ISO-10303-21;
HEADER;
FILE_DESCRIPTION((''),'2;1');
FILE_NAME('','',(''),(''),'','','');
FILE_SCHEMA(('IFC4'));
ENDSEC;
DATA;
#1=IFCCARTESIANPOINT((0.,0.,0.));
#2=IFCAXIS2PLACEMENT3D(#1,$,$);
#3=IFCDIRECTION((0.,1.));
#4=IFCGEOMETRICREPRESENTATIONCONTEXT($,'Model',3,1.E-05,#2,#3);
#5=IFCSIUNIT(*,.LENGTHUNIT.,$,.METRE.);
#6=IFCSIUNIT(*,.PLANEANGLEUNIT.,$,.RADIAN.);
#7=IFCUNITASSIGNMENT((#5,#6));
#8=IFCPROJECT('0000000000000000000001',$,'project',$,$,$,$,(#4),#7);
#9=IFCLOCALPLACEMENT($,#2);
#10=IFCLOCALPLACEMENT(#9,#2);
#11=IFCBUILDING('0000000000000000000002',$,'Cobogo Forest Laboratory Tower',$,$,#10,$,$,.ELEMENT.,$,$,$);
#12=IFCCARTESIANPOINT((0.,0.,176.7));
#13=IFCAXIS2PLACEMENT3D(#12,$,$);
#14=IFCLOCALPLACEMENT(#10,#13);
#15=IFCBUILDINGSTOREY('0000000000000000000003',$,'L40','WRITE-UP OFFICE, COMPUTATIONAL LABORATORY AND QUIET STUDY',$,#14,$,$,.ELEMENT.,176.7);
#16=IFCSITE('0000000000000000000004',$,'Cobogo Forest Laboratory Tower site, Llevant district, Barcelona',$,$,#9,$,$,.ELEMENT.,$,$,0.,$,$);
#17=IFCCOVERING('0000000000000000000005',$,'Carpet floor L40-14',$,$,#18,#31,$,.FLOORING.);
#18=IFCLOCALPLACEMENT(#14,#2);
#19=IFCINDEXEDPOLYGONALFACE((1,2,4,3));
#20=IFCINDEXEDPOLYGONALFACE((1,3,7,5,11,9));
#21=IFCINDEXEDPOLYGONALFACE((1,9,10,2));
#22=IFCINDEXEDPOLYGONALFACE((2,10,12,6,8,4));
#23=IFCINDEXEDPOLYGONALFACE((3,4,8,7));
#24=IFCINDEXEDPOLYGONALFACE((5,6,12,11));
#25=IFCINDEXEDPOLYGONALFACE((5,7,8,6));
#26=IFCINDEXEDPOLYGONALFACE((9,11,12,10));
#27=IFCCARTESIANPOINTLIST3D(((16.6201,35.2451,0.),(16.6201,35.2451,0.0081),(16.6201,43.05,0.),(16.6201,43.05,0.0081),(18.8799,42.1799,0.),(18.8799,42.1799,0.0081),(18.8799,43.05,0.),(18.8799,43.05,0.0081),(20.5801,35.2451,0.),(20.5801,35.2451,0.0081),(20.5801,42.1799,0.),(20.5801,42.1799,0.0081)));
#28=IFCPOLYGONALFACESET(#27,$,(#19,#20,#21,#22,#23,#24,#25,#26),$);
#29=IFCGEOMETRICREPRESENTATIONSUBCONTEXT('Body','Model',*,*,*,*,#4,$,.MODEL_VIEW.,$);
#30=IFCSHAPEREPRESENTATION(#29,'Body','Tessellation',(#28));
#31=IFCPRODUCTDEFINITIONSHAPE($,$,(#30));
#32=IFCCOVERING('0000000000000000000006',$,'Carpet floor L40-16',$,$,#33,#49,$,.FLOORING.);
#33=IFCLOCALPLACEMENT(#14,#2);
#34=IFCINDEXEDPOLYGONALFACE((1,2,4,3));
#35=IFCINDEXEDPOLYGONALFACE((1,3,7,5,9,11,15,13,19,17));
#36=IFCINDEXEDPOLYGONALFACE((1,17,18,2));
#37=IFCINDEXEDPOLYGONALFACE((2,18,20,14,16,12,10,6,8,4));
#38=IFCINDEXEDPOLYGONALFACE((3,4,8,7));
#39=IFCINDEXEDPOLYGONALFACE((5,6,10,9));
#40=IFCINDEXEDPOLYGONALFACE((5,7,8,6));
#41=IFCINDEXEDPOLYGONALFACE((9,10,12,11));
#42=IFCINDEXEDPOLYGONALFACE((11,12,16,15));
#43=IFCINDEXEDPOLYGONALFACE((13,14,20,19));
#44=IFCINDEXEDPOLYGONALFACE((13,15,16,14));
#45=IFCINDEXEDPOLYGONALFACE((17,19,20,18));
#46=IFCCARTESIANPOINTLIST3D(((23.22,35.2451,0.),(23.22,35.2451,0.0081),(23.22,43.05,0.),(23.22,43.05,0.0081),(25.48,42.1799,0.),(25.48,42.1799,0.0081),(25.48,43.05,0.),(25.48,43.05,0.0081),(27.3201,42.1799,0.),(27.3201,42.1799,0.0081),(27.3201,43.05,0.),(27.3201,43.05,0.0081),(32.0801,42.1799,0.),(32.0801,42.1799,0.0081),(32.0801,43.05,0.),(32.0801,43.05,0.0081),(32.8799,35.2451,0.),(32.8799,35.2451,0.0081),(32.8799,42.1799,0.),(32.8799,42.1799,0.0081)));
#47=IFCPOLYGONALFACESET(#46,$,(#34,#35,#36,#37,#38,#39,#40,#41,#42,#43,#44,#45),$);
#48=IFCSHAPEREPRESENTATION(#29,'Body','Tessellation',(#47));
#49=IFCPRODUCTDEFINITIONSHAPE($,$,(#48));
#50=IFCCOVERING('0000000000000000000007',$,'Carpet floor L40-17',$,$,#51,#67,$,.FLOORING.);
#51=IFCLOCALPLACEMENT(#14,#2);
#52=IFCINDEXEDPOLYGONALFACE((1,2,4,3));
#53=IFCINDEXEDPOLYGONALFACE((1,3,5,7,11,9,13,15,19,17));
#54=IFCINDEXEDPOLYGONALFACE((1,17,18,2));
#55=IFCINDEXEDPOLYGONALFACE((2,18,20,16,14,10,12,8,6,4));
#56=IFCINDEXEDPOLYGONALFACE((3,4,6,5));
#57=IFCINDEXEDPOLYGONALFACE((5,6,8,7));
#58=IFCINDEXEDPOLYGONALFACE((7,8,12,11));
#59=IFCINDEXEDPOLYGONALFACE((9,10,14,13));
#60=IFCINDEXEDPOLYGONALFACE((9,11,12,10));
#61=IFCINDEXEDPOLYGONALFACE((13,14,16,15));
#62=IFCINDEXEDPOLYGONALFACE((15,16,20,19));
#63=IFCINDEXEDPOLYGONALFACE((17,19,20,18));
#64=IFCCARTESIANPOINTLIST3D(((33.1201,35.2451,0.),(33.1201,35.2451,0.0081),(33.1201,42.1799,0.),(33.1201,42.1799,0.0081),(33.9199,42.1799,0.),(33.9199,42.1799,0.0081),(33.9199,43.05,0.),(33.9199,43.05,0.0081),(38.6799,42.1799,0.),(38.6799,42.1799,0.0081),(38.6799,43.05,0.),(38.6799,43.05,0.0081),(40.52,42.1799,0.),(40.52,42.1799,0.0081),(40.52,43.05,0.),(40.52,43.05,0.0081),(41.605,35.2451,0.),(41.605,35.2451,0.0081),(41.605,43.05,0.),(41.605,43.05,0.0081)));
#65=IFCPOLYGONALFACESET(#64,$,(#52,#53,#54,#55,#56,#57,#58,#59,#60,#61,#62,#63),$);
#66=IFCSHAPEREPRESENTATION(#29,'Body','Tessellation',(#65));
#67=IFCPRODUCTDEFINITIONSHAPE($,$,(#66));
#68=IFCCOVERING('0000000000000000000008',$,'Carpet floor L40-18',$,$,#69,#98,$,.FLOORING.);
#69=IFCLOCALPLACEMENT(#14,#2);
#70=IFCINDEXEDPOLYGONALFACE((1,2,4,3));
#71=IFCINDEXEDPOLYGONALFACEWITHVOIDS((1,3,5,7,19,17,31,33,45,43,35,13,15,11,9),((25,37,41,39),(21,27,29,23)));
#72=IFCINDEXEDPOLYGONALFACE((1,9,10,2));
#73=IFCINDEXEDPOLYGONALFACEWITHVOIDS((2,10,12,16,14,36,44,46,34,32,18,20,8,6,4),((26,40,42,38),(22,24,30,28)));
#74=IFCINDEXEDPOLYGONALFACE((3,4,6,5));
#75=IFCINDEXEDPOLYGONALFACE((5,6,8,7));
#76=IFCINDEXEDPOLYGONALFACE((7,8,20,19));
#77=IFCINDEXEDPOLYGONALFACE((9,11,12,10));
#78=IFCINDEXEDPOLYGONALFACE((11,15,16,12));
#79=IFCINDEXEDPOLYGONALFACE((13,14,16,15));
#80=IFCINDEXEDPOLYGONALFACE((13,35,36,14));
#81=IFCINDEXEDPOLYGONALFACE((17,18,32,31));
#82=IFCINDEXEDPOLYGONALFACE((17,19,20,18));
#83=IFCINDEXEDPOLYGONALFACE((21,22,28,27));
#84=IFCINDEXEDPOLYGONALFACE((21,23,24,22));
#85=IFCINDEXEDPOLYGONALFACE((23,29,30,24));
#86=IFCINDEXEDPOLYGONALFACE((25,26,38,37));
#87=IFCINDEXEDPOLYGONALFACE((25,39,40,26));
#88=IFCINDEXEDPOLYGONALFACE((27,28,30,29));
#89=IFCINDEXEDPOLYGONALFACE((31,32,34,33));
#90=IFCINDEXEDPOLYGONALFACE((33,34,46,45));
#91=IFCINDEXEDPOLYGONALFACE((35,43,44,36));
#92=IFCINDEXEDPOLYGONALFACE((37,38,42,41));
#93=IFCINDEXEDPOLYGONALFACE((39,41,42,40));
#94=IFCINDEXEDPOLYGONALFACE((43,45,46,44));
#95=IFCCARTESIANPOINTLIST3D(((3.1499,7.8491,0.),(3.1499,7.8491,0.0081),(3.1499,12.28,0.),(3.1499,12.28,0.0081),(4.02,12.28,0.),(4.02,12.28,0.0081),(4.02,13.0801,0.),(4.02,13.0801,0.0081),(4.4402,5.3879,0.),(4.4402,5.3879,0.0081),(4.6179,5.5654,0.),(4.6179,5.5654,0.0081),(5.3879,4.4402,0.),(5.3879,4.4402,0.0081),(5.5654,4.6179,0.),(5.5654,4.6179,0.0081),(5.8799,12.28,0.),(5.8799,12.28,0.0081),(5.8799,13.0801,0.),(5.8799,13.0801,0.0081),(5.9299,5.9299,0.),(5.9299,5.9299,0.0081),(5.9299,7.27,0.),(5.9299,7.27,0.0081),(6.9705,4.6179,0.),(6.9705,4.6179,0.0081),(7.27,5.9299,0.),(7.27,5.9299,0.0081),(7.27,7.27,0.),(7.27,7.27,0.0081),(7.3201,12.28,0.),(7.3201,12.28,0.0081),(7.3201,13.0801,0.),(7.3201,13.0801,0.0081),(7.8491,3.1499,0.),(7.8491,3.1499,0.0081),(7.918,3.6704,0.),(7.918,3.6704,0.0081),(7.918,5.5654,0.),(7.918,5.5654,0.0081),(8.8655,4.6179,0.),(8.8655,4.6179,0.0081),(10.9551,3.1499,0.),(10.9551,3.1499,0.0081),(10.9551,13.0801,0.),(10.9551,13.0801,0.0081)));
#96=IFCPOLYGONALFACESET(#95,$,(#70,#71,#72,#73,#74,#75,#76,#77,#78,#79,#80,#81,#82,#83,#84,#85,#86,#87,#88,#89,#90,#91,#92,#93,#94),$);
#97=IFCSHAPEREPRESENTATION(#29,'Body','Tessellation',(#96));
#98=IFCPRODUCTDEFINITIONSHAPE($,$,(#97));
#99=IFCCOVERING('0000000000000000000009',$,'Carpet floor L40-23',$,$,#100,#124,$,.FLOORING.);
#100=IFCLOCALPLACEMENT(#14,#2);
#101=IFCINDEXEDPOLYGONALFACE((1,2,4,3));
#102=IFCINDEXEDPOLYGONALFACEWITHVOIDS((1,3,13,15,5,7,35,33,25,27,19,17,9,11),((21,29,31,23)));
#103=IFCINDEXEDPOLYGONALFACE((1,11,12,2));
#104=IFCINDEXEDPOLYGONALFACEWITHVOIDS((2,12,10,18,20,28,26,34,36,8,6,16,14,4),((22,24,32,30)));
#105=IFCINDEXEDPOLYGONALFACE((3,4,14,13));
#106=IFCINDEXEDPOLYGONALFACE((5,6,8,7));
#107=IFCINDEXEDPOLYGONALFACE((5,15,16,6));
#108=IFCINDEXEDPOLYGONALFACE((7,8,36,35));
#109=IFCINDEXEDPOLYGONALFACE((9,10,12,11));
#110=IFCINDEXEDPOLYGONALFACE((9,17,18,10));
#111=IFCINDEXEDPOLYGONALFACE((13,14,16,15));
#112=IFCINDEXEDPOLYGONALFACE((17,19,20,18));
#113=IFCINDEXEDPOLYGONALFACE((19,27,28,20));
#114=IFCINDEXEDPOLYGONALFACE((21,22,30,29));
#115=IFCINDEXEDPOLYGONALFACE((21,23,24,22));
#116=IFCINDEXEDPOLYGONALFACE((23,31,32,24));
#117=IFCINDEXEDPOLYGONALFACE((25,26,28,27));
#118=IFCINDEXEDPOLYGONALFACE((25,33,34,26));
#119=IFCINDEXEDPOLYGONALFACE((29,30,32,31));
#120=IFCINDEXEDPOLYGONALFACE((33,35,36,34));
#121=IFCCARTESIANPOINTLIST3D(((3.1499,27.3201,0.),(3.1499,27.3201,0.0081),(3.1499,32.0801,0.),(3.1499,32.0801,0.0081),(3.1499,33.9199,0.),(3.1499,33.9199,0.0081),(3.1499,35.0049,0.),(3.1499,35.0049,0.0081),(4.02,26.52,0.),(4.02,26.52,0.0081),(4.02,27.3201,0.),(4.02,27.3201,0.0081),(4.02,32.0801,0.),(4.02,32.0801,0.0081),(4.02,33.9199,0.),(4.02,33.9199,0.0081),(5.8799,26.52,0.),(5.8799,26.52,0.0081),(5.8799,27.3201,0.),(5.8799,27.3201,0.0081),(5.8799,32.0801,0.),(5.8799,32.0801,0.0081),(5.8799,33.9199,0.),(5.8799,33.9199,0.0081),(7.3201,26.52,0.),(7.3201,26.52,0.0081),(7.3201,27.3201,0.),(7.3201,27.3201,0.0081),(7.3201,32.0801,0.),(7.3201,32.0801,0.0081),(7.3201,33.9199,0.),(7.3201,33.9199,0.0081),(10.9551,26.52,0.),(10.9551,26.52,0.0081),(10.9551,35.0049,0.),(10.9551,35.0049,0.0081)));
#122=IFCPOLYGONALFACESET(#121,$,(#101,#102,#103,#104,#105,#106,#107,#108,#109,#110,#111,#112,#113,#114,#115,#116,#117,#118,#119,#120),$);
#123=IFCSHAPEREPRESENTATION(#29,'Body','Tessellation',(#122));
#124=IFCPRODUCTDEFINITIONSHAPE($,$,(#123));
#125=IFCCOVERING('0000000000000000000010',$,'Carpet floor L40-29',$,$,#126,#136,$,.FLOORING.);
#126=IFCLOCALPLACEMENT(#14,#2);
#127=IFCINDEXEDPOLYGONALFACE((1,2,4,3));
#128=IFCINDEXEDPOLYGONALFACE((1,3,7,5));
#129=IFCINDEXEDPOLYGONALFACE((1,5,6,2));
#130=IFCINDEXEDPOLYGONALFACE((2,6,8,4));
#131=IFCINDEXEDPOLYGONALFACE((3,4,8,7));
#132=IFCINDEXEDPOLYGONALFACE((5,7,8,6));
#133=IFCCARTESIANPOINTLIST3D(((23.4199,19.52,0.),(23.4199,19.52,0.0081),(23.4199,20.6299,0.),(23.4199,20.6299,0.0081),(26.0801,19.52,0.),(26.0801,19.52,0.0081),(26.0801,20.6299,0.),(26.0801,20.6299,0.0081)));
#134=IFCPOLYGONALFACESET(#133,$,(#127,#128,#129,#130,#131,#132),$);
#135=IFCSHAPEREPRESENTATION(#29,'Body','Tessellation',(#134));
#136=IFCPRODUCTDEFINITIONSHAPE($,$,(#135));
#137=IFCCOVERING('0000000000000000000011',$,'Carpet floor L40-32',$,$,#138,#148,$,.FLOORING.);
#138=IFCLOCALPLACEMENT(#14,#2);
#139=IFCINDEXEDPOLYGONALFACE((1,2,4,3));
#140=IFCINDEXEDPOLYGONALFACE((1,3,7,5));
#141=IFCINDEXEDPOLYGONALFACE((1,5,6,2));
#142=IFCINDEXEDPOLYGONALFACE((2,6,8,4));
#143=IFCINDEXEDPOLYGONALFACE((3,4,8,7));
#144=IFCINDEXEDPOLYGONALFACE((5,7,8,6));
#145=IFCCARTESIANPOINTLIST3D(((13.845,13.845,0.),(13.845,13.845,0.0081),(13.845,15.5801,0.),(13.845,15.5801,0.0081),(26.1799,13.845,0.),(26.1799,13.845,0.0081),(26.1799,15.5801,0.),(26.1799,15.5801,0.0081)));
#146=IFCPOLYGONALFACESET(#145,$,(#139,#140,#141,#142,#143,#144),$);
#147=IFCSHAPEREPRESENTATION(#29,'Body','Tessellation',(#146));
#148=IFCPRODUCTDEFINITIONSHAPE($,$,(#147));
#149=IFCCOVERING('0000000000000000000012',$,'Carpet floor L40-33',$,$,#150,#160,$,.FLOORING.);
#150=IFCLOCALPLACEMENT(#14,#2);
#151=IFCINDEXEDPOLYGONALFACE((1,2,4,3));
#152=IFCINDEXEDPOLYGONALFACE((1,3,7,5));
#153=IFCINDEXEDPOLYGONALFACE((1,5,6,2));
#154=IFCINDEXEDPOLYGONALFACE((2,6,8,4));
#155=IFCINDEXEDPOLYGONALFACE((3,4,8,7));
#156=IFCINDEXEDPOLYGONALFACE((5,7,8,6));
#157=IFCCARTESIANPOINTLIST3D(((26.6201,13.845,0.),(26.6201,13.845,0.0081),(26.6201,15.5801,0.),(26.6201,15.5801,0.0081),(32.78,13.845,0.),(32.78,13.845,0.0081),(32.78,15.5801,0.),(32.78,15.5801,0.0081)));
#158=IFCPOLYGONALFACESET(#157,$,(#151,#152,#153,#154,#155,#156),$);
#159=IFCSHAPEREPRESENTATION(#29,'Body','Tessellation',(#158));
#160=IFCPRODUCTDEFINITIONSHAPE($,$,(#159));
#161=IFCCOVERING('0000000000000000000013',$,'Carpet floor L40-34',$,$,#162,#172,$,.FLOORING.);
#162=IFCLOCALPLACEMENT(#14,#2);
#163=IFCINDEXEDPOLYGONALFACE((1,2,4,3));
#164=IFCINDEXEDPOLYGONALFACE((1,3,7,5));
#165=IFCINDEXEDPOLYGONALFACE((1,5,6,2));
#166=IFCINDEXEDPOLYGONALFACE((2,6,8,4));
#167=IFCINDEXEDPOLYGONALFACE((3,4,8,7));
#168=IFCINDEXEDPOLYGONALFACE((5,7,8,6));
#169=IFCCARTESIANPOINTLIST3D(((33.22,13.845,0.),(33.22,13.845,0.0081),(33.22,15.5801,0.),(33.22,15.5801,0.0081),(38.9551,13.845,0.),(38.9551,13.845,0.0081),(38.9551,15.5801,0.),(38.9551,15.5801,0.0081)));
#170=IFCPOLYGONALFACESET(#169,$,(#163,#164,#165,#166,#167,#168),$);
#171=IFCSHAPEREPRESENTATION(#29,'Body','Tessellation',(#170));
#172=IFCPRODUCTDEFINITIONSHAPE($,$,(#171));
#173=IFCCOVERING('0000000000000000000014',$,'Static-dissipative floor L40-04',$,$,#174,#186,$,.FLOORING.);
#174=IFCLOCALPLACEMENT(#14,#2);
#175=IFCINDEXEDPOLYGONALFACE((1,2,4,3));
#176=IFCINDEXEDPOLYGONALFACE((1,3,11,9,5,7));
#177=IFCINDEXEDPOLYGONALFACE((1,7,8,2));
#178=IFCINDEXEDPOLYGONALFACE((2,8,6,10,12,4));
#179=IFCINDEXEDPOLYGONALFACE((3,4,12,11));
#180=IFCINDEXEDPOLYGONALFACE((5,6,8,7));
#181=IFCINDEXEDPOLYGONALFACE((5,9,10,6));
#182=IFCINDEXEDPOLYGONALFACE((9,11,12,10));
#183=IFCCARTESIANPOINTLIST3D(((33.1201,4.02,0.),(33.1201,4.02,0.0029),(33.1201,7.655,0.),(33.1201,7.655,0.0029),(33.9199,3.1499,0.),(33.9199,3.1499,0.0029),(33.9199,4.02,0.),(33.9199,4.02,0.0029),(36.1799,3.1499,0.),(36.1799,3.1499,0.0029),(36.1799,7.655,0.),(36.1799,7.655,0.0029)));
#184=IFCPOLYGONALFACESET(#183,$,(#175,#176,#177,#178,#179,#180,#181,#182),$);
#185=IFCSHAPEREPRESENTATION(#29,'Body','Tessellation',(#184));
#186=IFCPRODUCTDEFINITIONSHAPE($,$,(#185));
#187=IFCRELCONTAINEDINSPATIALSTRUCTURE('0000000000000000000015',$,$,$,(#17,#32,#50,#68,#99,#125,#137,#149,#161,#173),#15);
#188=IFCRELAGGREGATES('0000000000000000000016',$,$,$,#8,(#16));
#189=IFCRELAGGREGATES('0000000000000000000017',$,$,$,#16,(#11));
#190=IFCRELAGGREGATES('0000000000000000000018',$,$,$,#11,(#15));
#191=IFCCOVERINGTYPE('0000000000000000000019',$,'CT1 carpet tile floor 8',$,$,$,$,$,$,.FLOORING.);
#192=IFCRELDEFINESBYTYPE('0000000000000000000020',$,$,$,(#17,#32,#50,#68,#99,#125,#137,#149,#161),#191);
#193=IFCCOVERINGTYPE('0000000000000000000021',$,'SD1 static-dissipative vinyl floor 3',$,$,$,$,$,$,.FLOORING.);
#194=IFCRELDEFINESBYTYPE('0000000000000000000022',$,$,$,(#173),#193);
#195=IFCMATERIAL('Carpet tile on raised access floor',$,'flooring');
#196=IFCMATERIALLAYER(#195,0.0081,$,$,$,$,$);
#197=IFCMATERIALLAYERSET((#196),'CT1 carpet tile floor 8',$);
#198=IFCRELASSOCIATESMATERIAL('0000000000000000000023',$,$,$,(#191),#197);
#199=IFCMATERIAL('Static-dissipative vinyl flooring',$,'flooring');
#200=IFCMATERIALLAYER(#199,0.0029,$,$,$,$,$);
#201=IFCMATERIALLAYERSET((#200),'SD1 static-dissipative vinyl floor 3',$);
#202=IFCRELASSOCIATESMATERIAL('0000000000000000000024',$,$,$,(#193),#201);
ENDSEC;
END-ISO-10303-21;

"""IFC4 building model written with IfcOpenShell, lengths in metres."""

from ifc_helpers import new_model, si_unit, direction, frame, origin, place, context, subcontext, project, spatial, polyline, outline, extrude, material, layer, layer_set, type_object, element, save


model = new_model("IFC4")

# Units and contexts
model_context = context("Model", 3, precision=1e-05, world=origin(), true_north=direction((0.0, 1.0)))
body_context = subcontext(model_context, "Body", "Model", "MODEL_VIEW")
ifc_project = project(units=[si_unit("LENGTHUNIT", "METRE"), si_unit("PLANEANGLEUNIT", "RADIAN")], contexts=[model_context])

# Site, building, storey
site_placement = place(None, origin())
site = spatial("IfcSite", under=ifc_project, at=site_placement, Name="Cobogo Forest Laboratory Tower site, Llevant district, Barcelona", CompositionType="ELEMENT", RefElevation=0.0)
building_placement = place(site_placement, origin())
building = spatial("IfcBuilding", under=site, at=building_placement, Name="Cobogo Forest Laboratory Tower", CompositionType="ELEMENT")
storey_placement = place(building_placement, frame((0.0, 0.0, 176.7)))
storey = spatial("IfcBuildingStorey", under=building, at=storey_placement, Name="L40", Description="WRITE-UP OFFICE, COMPUTATIONAL LABORATORY AND QUIET STUDY", CompositionType="ELEMENT", Elevation=176.7)

# Coverings
ifc_material_1 = material(Name="Carpet tile on raised access floor", Category="flooring")
ifc_layer_1 = layer(ifc_material_1, 0.0081)
ifc_layer_set_1 = layer_set([ifc_layer_1], Name="CT1 carpet tile floor 8")
covering_type_1 = type_object("IfcCoveringType", Name="CT1 carpet tile floor 8", PredefinedType="FLOORING", material=ifc_layer_set_1)
covering_1_placement = place(storey_placement, origin())
element("IfcCovering", 1, at=covering_1_placement, inside=storey, type_object=covering_type_1, Name="Carpet floor L40-14", PredefinedType="FLOORING", context=body_context, shape_type="SweptSolid", body=[
    extrude(outline(polyline([(16.6201, 35.2451), (16.6201, 43.05), (18.8799, 43.05), (18.8799, 42.1799), (20.5801, 42.1799), (20.5801, 35.2451), (16.6201, 35.2451)])), origin(), (0.0, 0.0, 1.0), 0.0081),
])
covering_2_placement = place(storey_placement, origin())
element("IfcCovering", 2, at=covering_2_placement, inside=storey, type_object=covering_type_1, Name="Carpet floor L40-16", PredefinedType="FLOORING", context=body_context, shape_type="SweptSolid", body=[
    extrude(outline(polyline([(23.22, 35.2451), (23.22, 43.05), (25.48, 43.05), (25.48, 42.1799), (27.3201, 42.1799), (27.3201, 43.05), (32.0801, 43.05), (32.0801, 42.1799), (32.8799, 42.1799), (32.8799, 35.2451), (23.22, 35.2451)])), origin(), (0.0, 0.0, 1.0), 0.0081),
])
covering_3_placement = place(storey_placement, origin())
element("IfcCovering", 3, at=covering_3_placement, inside=storey, type_object=covering_type_1, Name="Carpet floor L40-17", PredefinedType="FLOORING", context=body_context, shape_type="SweptSolid", body=[
    extrude(outline(polyline([(33.1201, 35.2451), (33.1201, 42.1799), (33.9199, 42.1799), (33.9199, 43.05), (38.6799, 43.05), (38.6799, 42.1799), (40.52, 42.1799), (40.52, 43.05), (41.605, 43.05), (41.605, 35.2451), (33.1201, 35.2451)])), origin(), (0.0, 0.0, 1.0), 0.0081),
])
covering_4_placement = place(storey_placement, origin())
element("IfcCovering", 4, at=covering_4_placement, inside=storey, type_object=covering_type_1, Name="Carpet floor L40-18", PredefinedType="FLOORING", context=body_context, shape_type="SweptSolid", body=[
    extrude(outline(polyline([(10.9551, 3.1499), (7.8491, 3.1499), (5.3879, 4.4402), (5.5654, 4.6179), (4.6179, 5.5654), (4.4402, 5.3879), (3.1499, 7.8491), (3.1499, 12.28), (4.02, 12.28), (4.02, 13.0801), (5.8799, 13.0801), (5.8799, 12.28), (7.3201, 12.28), (7.3201, 13.0801), (10.9551, 13.0801), (10.9551, 3.1499)]), holes=[polyline([(7.918, 3.6704), (8.8655, 4.6179), (7.918, 5.5654), (6.9705, 4.6179), (7.918, 3.6704)]), polyline([(5.9299, 5.9299), (7.27, 5.9299), (7.27, 7.27), (5.9299, 7.27), (5.9299, 5.9299)])]), origin(), (0.0, 0.0, 1.0), 0.0081),
])
covering_5_placement = place(storey_placement, origin())
element("IfcCovering", 5, at=covering_5_placement, inside=storey, type_object=covering_type_1, Name="Carpet floor L40-23", PredefinedType="FLOORING", context=body_context, shape_type="SweptSolid", body=[
    extrude(outline(polyline([(10.9551, 26.52), (7.3201, 26.52), (7.3201, 27.3201), (5.8799, 27.3201), (5.8799, 26.52), (4.02, 26.52), (4.02, 27.3201), (3.1499, 27.3201), (3.1499, 32.0801), (4.02, 32.0801), (4.02, 33.9199), (3.1499, 33.9199), (3.1499, 35.0049), (10.9551, 35.0049), (10.9551, 26.52)]), holes=[polyline([(5.8799, 32.0801), (7.3201, 32.0801), (7.3201, 33.9199), (5.8799, 33.9199), (5.8799, 32.0801)])]), origin(), (0.0, 0.0, 1.0), 0.0081),
])
covering_6_placement = place(storey_placement, origin())
element("IfcCovering", 6, at=covering_6_placement, inside=storey, type_object=covering_type_1, Name="Carpet floor L40-29", PredefinedType="FLOORING", context=body_context, shape_type="SweptSolid", body=[
    extrude(outline(polyline([(26.0801, 19.52), (23.4199, 19.52), (23.4199, 20.6299), (26.0801, 20.6299), (26.0801, 19.52)])), origin(), (0.0, 0.0, 1.0), 0.0081),
])
covering_7_placement = place(storey_placement, origin())
element("IfcCovering", 7, at=covering_7_placement, inside=storey, type_object=covering_type_1, Name="Carpet floor L40-32", PredefinedType="FLOORING", context=body_context, shape_type="SweptSolid", body=[
    extrude(outline(polyline([(26.1799, 13.845), (13.845, 13.845), (13.845, 15.5801), (26.1799, 15.5801), (26.1799, 13.845)])), origin(), (0.0, 0.0, 1.0), 0.0081),
])
covering_8_placement = place(storey_placement, origin())
element("IfcCovering", 8, at=covering_8_placement, inside=storey, type_object=covering_type_1, Name="Carpet floor L40-33", PredefinedType="FLOORING", context=body_context, shape_type="SweptSolid", body=[
    extrude(outline(polyline([(32.78, 13.845), (26.6201, 13.845), (26.6201, 15.5801), (32.78, 15.5801), (32.78, 13.845)])), origin(), (0.0, 0.0, 1.0), 0.0081),
])
covering_9_placement = place(storey_placement, origin())
element("IfcCovering", 9, at=covering_9_placement, inside=storey, type_object=covering_type_1, Name="Carpet floor L40-34", PredefinedType="FLOORING", context=body_context, shape_type="SweptSolid", body=[
    extrude(outline(polyline([(38.9551, 13.845), (33.22, 13.845), (33.22, 15.5801), (38.9551, 15.5801), (38.9551, 13.845)])), origin(), (0.0, 0.0, 1.0), 0.0081),
])
ifc_material_2 = material(Name="Static-dissipative vinyl flooring", Category="flooring")
ifc_layer_2 = layer(ifc_material_2, 0.0029)
ifc_layer_set_2 = layer_set([ifc_layer_2], Name="SD1 static-dissipative vinyl floor 3")
covering_type_2 = type_object("IfcCoveringType", Name="SD1 static-dissipative vinyl floor 3", PredefinedType="FLOORING", material=ifc_layer_set_2)
covering_10_placement = place(storey_placement, origin())
element("IfcCovering", 10, at=covering_10_placement, inside=storey, type_object=covering_type_2, Name="Static-dissipative floor L40-04", PredefinedType="FLOORING", context=body_context, shape_type="SweptSolid", body=[
    extrude(outline(polyline([(36.1799, 7.655), (36.1799, 3.1499), (33.9199, 3.1499), (33.9199, 4.02), (33.1201, 4.02), (33.1201, 7.655), (36.1799, 7.655)])), origin(), (0.0, 0.0, 1.0), 0.0029),
])

save(model, "model.ifc")
